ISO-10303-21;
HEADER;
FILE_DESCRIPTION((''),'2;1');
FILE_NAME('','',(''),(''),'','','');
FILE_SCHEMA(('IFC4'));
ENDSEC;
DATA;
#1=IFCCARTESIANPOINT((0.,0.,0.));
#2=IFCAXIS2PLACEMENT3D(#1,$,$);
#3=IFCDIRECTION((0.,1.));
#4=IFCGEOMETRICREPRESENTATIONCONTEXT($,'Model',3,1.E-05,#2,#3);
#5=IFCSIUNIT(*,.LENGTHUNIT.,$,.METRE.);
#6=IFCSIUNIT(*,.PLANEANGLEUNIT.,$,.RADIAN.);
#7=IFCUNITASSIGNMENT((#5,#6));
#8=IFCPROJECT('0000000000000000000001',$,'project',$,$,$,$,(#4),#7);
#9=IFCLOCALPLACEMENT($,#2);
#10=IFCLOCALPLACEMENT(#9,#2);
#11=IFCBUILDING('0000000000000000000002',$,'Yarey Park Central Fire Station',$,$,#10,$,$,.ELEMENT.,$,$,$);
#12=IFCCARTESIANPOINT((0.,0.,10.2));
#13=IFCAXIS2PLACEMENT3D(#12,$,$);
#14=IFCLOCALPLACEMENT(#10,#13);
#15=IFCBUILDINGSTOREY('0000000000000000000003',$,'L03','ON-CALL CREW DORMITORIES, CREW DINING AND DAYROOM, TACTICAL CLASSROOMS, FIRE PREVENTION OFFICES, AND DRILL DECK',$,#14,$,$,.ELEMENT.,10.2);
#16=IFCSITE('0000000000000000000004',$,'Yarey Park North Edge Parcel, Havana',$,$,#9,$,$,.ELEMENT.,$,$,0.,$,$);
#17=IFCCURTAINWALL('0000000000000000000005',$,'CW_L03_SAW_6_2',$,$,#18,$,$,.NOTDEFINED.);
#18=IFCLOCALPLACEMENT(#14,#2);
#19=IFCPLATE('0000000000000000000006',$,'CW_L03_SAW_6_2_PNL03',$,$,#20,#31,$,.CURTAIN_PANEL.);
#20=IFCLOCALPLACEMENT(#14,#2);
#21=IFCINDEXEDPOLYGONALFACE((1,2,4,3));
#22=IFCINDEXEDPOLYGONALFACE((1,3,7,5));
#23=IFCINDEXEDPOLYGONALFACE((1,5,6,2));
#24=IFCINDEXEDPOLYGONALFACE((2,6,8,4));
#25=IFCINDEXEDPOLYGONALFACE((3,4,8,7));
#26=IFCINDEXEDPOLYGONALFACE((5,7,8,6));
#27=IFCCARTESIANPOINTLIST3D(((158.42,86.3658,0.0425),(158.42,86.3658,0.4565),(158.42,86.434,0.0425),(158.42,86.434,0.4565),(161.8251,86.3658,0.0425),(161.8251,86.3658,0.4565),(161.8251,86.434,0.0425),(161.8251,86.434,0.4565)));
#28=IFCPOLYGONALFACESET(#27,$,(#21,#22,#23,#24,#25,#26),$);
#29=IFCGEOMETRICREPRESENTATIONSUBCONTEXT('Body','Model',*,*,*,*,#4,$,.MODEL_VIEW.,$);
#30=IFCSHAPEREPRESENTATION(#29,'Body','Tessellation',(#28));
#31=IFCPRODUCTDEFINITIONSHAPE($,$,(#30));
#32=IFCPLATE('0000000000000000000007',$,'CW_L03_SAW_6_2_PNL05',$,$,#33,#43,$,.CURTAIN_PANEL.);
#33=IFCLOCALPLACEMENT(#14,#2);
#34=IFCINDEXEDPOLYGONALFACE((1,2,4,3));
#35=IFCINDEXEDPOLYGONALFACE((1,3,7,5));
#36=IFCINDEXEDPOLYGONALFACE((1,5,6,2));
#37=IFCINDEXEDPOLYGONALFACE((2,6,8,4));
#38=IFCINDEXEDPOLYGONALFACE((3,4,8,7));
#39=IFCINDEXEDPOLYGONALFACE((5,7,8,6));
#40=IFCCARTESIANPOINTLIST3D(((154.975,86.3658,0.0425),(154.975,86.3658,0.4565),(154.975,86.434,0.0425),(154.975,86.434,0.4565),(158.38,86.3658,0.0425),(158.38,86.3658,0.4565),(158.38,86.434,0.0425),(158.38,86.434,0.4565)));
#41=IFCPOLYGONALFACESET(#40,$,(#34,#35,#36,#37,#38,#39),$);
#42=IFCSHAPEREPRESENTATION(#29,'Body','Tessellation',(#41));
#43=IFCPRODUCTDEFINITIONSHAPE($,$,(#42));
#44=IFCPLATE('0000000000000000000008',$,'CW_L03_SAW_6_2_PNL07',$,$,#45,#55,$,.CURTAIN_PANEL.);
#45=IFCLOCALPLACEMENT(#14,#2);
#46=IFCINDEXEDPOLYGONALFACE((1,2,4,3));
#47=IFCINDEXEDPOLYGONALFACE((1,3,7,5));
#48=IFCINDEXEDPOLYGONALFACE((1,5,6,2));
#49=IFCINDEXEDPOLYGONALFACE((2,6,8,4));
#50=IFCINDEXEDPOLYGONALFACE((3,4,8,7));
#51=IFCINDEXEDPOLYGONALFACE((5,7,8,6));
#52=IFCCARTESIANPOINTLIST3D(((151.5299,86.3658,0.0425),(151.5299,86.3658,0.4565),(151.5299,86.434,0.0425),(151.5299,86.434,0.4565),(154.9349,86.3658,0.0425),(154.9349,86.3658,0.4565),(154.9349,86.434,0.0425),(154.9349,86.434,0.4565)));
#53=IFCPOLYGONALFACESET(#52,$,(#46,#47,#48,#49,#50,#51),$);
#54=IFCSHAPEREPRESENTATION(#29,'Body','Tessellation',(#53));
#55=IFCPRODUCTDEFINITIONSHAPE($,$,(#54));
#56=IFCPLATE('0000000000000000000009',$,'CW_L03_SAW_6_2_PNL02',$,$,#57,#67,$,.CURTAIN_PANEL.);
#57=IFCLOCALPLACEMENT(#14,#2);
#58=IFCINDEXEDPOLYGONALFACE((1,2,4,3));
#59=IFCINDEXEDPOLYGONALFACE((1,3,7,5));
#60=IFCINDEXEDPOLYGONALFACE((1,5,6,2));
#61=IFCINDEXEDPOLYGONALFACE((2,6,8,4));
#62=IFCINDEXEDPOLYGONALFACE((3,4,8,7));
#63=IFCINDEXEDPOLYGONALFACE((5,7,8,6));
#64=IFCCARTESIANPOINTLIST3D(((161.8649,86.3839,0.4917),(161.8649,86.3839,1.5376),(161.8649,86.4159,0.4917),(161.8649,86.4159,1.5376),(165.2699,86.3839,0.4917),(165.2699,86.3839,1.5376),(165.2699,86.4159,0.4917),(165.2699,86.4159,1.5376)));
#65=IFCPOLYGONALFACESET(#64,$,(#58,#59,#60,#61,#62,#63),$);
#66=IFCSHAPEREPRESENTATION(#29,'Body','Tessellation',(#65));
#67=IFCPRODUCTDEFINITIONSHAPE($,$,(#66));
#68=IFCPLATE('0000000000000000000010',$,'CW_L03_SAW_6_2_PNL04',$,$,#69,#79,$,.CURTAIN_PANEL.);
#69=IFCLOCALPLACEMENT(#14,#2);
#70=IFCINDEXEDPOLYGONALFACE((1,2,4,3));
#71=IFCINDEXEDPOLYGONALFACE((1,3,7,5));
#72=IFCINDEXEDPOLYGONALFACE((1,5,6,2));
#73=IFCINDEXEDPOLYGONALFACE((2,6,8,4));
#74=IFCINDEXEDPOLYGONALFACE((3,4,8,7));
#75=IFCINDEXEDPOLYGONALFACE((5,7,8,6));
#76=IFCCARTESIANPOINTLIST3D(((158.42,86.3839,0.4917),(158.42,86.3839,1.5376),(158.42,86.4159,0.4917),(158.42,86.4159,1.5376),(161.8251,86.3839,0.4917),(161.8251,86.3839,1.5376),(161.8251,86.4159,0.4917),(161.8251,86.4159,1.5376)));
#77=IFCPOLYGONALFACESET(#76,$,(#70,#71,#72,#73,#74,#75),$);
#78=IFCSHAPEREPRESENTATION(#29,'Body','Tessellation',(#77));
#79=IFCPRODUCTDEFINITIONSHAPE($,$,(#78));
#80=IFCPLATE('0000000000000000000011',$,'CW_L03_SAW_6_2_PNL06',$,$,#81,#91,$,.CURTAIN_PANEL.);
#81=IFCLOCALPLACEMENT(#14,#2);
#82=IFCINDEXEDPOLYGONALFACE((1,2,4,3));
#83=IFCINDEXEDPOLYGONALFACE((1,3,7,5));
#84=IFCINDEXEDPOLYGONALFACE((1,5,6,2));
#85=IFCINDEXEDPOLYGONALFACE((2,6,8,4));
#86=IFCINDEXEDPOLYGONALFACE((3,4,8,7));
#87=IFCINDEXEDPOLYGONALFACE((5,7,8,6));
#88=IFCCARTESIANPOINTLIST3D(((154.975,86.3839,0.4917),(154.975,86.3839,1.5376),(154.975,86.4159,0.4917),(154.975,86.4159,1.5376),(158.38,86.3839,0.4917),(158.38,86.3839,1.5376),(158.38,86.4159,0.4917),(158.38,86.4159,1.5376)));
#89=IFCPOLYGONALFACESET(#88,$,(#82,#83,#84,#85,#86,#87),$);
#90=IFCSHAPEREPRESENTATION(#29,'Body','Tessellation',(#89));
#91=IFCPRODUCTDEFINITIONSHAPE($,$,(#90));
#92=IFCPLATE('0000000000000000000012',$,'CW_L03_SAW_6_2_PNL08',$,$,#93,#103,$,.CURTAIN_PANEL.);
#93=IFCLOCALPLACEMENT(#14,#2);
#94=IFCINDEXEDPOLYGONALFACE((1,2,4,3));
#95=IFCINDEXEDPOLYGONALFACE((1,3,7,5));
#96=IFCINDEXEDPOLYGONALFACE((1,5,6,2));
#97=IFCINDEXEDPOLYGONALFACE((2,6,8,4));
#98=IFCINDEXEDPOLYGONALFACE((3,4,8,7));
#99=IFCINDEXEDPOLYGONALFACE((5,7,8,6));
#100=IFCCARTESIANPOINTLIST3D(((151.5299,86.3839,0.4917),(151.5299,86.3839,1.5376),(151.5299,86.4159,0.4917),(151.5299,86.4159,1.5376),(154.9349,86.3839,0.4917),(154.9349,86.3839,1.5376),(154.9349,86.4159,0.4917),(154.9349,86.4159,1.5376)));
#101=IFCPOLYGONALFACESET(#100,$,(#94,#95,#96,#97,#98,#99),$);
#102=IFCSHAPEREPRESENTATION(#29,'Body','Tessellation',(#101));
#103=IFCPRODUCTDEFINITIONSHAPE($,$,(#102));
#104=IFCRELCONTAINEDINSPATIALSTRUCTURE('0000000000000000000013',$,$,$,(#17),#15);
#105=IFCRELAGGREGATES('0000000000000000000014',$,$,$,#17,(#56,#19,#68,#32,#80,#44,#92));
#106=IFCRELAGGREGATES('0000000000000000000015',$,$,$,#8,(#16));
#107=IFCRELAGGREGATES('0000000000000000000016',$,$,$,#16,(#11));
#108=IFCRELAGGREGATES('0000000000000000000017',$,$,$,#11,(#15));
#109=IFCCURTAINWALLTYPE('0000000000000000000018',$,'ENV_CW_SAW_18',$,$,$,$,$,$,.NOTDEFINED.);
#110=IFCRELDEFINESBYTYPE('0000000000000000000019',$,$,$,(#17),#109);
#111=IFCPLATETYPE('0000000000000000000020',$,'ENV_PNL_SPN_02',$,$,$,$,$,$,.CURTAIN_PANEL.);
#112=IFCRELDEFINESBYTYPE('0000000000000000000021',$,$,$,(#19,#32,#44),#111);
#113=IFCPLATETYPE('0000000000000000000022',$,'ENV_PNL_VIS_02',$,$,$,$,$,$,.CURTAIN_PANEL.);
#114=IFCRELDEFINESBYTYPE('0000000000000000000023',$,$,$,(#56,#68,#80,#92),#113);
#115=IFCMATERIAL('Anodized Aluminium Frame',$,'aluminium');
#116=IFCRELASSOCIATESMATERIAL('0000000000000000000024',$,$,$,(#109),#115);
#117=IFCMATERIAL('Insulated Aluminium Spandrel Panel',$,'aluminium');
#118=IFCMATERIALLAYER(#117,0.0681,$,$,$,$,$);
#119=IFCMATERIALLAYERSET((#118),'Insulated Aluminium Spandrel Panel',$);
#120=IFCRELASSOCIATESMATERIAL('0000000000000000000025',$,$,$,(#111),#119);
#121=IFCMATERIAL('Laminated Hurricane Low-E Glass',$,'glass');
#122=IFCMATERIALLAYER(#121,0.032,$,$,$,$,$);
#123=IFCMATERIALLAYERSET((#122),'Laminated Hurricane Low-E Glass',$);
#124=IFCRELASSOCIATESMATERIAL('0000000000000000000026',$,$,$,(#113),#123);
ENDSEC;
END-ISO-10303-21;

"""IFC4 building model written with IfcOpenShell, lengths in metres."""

from ifc_helpers import new_model, si_unit, direction, frame, origin, origin_2d, place, context, subcontext, project, spatial, rectangle, extrude, material, layer, layer_set, type_object, element, aggregate, save


model = new_model("IFC4")

# Units and contexts
model_context = context("Model", 3, precision=1e-05, world=origin(), true_north=direction((0.0, 1.0)))
body_context = subcontext(model_context, "Body", "Model", "MODEL_VIEW")
ifc_project = project(units=[si_unit("LENGTHUNIT", "METRE"), si_unit("PLANEANGLEUNIT", "RADIAN")], contexts=[model_context])

# Site, building, storey
site_placement = place(None, origin())
site = spatial("IfcSite", under=ifc_project, at=site_placement, Name="Yarey Park North Edge Parcel, Havana", CompositionType="ELEMENT", RefElevation=0.0)
building_placement = place(site_placement, origin())
building = spatial("IfcBuilding", under=site, at=building_placement, Name="Yarey Park Central Fire Station", CompositionType="ELEMENT")
storey_placement = place(building_placement, frame((0.0, 0.0, 10.2)))
storey = spatial("IfcBuildingStorey", under=building, at=storey_placement, Name="L03", Description="ON-CALL CREW DORMITORIES, CREW DINING AND DAYROOM, TACTICAL CLASSROOMS, FIRE PREVENTION OFFICES, AND DRILL DECK", CompositionType="ELEMENT", Elevation=10.2)

# Shared definitions
ifc_material_1 = material(Name="Anodized Aluminium Frame", Category="aluminium")

# Curtain wall
curtain_wall_type_1 = type_object("IfcCurtainWallType", Name="ENV_CW_SAW_18", PredefinedType="NOTDEFINED", material=ifc_material_1)
curtain_wall_1_placement = place(storey_placement, origin())
curtain_wall_1 = element("IfcCurtainWall", 1, at=curtain_wall_1_placement, inside=storey, type_object=curtain_wall_type_1, Name="CW_L03_SAW_6_2", PredefinedType="NOTDEFINED")

# Plates
ifc_material_2 = material(Name="Insulated Aluminium Spandrel Panel", Category="aluminium")
ifc_layer_1 = layer(ifc_material_2, 0.0681)
ifc_layer_set_1 = layer_set([ifc_layer_1], Name="Insulated Aluminium Spandrel Panel")
plate_type_1 = type_object("IfcPlateType", Name="ENV_PNL_SPN_02", PredefinedType="CURTAIN_PANEL", material=ifc_layer_set_1)
plate_1_placement = place(storey_placement, frame((160.1226, 86.3999, 0.0425), z_axis=(0.0, 0.0, 1.0), x_axis=(-1.0, 0.0, 0.0)))
plate_1 = element("IfcPlate", 2, at=plate_1_placement, type_object=plate_type_1, Name="CW_L03_SAW_6_2_PNL03", PredefinedType="CURTAIN_PANEL", context=body_context, shape_type="SweptSolid", body=[
    extrude(rectangle(XDim=3.405, YDim=0.0681, at=origin_2d()), origin(), (0.0, 0.0, 1.0), 0.4141),
])
plate_2_placement = place(storey_placement, frame((156.6775, 86.3999, 0.0425), z_axis=(0.0, 0.0, 1.0), x_axis=(-1.0, 0.0, 0.0)))
plate_2 = element("IfcPlate", 3, at=plate_2_placement, type_object=plate_type_1, Name="CW_L03_SAW_6_2_PNL05", PredefinedType="CURTAIN_PANEL", context=body_context, shape_type="SweptSolid", body=[
    extrude(rectangle(XDim=3.405, YDim=0.0681, at=origin_2d()), origin(), (0.0, 0.0, 1.0), 0.4141),
])
plate_3_placement = place(storey_placement, frame((153.2324, 86.3999, 0.0425), z_axis=(0.0, 0.0, 1.0), x_axis=(-1.0, 0.0, 0.0)))
plate_3 = element("IfcPlate", 4, at=plate_3_placement, type_object=plate_type_1, Name="CW_L03_SAW_6_2_PNL07", PredefinedType="CURTAIN_PANEL", context=body_context, shape_type="SweptSolid", body=[
    extrude(rectangle(XDim=3.405, YDim=0.0681, at=origin_2d()), origin(), (0.0, 0.0, 1.0), 0.4141),
])
ifc_material_3 = material(Name="Laminated Hurricane Low-E Glass", Category="glass")
ifc_layer_2 = layer(ifc_material_3, 0.032)
ifc_layer_set_2 = layer_set([ifc_layer_2], Name="Laminated Hurricane Low-E Glass")
plate_type_2 = type_object("IfcPlateType", Name="ENV_PNL_VIS_02", PredefinedType="CURTAIN_PANEL", material=ifc_layer_set_2)
plate_4_placement = place(storey_placement, frame((163.5674, 86.3999, 0.4917), z_axis=(0.0, 0.0, 1.0), x_axis=(-1.0, 0.0, 0.0)))
plate_4 = element("IfcPlate", 5, at=plate_4_placement, type_object=plate_type_2, Name="CW_L03_SAW_6_2_PNL02", PredefinedType="CURTAIN_PANEL", context=body_context, shape_type="SweptSolid", body=[
    extrude(rectangle(XDim=3.405, YDim=0.032, at=origin_2d()), origin(), (0.0, 0.0, 1.0), 1.0459),
])
plate_5_placement = place(storey_placement, frame((160.1226, 86.3999, 0.4917), z_axis=(0.0, 0.0, 1.0), x_axis=(-1.0, 0.0, 0.0)))
plate_5 = element("IfcPlate", 6, at=plate_5_placement, type_object=plate_type_2, Name="CW_L03_SAW_6_2_PNL04", PredefinedType="CURTAIN_PANEL", context=body_context, shape_type="SweptSolid", body=[
    extrude(rectangle(XDim=3.405, YDim=0.032, at=origin_2d()), origin(), (0.0, 0.0, 1.0), 1.0459),
])
plate_6_placement = place(storey_placement, frame((156.6775, 86.3999, 0.4917), z_axis=(0.0, 0.0, 1.0), x_axis=(-1.0, 0.0, 0.0)))
plate_6 = element("IfcPlate", 7, at=plate_6_placement, type_object=plate_type_2, Name="CW_L03_SAW_6_2_PNL06", PredefinedType="CURTAIN_PANEL", context=body_context, shape_type="SweptSolid", body=[
    extrude(rectangle(XDim=3.405, YDim=0.032, at=origin_2d()), origin(), (0.0, 0.0, 1.0), 1.0459),
])
plate_7_placement = place(storey_placement, frame((153.2324, 86.3999, 0.4917), z_axis=(0.0, 0.0, 1.0), x_axis=(-1.0, 0.0, 0.0)))
plate_7 = element("IfcPlate", 8, at=plate_7_placement, type_object=plate_type_2, Name="CW_L03_SAW_6_2_PNL08", PredefinedType="CURTAIN_PANEL", context=body_context, shape_type="SweptSolid", body=[
    extrude(rectangle(XDim=3.405, YDim=0.032, at=origin_2d()), origin(), (0.0, 0.0, 1.0), 1.0459),
])
aggregate(curtain_wall_1, [plate_4, plate_1, plate_5, plate_2, plate_6, plate_3, plate_7])

save(model, "model.ifc")
